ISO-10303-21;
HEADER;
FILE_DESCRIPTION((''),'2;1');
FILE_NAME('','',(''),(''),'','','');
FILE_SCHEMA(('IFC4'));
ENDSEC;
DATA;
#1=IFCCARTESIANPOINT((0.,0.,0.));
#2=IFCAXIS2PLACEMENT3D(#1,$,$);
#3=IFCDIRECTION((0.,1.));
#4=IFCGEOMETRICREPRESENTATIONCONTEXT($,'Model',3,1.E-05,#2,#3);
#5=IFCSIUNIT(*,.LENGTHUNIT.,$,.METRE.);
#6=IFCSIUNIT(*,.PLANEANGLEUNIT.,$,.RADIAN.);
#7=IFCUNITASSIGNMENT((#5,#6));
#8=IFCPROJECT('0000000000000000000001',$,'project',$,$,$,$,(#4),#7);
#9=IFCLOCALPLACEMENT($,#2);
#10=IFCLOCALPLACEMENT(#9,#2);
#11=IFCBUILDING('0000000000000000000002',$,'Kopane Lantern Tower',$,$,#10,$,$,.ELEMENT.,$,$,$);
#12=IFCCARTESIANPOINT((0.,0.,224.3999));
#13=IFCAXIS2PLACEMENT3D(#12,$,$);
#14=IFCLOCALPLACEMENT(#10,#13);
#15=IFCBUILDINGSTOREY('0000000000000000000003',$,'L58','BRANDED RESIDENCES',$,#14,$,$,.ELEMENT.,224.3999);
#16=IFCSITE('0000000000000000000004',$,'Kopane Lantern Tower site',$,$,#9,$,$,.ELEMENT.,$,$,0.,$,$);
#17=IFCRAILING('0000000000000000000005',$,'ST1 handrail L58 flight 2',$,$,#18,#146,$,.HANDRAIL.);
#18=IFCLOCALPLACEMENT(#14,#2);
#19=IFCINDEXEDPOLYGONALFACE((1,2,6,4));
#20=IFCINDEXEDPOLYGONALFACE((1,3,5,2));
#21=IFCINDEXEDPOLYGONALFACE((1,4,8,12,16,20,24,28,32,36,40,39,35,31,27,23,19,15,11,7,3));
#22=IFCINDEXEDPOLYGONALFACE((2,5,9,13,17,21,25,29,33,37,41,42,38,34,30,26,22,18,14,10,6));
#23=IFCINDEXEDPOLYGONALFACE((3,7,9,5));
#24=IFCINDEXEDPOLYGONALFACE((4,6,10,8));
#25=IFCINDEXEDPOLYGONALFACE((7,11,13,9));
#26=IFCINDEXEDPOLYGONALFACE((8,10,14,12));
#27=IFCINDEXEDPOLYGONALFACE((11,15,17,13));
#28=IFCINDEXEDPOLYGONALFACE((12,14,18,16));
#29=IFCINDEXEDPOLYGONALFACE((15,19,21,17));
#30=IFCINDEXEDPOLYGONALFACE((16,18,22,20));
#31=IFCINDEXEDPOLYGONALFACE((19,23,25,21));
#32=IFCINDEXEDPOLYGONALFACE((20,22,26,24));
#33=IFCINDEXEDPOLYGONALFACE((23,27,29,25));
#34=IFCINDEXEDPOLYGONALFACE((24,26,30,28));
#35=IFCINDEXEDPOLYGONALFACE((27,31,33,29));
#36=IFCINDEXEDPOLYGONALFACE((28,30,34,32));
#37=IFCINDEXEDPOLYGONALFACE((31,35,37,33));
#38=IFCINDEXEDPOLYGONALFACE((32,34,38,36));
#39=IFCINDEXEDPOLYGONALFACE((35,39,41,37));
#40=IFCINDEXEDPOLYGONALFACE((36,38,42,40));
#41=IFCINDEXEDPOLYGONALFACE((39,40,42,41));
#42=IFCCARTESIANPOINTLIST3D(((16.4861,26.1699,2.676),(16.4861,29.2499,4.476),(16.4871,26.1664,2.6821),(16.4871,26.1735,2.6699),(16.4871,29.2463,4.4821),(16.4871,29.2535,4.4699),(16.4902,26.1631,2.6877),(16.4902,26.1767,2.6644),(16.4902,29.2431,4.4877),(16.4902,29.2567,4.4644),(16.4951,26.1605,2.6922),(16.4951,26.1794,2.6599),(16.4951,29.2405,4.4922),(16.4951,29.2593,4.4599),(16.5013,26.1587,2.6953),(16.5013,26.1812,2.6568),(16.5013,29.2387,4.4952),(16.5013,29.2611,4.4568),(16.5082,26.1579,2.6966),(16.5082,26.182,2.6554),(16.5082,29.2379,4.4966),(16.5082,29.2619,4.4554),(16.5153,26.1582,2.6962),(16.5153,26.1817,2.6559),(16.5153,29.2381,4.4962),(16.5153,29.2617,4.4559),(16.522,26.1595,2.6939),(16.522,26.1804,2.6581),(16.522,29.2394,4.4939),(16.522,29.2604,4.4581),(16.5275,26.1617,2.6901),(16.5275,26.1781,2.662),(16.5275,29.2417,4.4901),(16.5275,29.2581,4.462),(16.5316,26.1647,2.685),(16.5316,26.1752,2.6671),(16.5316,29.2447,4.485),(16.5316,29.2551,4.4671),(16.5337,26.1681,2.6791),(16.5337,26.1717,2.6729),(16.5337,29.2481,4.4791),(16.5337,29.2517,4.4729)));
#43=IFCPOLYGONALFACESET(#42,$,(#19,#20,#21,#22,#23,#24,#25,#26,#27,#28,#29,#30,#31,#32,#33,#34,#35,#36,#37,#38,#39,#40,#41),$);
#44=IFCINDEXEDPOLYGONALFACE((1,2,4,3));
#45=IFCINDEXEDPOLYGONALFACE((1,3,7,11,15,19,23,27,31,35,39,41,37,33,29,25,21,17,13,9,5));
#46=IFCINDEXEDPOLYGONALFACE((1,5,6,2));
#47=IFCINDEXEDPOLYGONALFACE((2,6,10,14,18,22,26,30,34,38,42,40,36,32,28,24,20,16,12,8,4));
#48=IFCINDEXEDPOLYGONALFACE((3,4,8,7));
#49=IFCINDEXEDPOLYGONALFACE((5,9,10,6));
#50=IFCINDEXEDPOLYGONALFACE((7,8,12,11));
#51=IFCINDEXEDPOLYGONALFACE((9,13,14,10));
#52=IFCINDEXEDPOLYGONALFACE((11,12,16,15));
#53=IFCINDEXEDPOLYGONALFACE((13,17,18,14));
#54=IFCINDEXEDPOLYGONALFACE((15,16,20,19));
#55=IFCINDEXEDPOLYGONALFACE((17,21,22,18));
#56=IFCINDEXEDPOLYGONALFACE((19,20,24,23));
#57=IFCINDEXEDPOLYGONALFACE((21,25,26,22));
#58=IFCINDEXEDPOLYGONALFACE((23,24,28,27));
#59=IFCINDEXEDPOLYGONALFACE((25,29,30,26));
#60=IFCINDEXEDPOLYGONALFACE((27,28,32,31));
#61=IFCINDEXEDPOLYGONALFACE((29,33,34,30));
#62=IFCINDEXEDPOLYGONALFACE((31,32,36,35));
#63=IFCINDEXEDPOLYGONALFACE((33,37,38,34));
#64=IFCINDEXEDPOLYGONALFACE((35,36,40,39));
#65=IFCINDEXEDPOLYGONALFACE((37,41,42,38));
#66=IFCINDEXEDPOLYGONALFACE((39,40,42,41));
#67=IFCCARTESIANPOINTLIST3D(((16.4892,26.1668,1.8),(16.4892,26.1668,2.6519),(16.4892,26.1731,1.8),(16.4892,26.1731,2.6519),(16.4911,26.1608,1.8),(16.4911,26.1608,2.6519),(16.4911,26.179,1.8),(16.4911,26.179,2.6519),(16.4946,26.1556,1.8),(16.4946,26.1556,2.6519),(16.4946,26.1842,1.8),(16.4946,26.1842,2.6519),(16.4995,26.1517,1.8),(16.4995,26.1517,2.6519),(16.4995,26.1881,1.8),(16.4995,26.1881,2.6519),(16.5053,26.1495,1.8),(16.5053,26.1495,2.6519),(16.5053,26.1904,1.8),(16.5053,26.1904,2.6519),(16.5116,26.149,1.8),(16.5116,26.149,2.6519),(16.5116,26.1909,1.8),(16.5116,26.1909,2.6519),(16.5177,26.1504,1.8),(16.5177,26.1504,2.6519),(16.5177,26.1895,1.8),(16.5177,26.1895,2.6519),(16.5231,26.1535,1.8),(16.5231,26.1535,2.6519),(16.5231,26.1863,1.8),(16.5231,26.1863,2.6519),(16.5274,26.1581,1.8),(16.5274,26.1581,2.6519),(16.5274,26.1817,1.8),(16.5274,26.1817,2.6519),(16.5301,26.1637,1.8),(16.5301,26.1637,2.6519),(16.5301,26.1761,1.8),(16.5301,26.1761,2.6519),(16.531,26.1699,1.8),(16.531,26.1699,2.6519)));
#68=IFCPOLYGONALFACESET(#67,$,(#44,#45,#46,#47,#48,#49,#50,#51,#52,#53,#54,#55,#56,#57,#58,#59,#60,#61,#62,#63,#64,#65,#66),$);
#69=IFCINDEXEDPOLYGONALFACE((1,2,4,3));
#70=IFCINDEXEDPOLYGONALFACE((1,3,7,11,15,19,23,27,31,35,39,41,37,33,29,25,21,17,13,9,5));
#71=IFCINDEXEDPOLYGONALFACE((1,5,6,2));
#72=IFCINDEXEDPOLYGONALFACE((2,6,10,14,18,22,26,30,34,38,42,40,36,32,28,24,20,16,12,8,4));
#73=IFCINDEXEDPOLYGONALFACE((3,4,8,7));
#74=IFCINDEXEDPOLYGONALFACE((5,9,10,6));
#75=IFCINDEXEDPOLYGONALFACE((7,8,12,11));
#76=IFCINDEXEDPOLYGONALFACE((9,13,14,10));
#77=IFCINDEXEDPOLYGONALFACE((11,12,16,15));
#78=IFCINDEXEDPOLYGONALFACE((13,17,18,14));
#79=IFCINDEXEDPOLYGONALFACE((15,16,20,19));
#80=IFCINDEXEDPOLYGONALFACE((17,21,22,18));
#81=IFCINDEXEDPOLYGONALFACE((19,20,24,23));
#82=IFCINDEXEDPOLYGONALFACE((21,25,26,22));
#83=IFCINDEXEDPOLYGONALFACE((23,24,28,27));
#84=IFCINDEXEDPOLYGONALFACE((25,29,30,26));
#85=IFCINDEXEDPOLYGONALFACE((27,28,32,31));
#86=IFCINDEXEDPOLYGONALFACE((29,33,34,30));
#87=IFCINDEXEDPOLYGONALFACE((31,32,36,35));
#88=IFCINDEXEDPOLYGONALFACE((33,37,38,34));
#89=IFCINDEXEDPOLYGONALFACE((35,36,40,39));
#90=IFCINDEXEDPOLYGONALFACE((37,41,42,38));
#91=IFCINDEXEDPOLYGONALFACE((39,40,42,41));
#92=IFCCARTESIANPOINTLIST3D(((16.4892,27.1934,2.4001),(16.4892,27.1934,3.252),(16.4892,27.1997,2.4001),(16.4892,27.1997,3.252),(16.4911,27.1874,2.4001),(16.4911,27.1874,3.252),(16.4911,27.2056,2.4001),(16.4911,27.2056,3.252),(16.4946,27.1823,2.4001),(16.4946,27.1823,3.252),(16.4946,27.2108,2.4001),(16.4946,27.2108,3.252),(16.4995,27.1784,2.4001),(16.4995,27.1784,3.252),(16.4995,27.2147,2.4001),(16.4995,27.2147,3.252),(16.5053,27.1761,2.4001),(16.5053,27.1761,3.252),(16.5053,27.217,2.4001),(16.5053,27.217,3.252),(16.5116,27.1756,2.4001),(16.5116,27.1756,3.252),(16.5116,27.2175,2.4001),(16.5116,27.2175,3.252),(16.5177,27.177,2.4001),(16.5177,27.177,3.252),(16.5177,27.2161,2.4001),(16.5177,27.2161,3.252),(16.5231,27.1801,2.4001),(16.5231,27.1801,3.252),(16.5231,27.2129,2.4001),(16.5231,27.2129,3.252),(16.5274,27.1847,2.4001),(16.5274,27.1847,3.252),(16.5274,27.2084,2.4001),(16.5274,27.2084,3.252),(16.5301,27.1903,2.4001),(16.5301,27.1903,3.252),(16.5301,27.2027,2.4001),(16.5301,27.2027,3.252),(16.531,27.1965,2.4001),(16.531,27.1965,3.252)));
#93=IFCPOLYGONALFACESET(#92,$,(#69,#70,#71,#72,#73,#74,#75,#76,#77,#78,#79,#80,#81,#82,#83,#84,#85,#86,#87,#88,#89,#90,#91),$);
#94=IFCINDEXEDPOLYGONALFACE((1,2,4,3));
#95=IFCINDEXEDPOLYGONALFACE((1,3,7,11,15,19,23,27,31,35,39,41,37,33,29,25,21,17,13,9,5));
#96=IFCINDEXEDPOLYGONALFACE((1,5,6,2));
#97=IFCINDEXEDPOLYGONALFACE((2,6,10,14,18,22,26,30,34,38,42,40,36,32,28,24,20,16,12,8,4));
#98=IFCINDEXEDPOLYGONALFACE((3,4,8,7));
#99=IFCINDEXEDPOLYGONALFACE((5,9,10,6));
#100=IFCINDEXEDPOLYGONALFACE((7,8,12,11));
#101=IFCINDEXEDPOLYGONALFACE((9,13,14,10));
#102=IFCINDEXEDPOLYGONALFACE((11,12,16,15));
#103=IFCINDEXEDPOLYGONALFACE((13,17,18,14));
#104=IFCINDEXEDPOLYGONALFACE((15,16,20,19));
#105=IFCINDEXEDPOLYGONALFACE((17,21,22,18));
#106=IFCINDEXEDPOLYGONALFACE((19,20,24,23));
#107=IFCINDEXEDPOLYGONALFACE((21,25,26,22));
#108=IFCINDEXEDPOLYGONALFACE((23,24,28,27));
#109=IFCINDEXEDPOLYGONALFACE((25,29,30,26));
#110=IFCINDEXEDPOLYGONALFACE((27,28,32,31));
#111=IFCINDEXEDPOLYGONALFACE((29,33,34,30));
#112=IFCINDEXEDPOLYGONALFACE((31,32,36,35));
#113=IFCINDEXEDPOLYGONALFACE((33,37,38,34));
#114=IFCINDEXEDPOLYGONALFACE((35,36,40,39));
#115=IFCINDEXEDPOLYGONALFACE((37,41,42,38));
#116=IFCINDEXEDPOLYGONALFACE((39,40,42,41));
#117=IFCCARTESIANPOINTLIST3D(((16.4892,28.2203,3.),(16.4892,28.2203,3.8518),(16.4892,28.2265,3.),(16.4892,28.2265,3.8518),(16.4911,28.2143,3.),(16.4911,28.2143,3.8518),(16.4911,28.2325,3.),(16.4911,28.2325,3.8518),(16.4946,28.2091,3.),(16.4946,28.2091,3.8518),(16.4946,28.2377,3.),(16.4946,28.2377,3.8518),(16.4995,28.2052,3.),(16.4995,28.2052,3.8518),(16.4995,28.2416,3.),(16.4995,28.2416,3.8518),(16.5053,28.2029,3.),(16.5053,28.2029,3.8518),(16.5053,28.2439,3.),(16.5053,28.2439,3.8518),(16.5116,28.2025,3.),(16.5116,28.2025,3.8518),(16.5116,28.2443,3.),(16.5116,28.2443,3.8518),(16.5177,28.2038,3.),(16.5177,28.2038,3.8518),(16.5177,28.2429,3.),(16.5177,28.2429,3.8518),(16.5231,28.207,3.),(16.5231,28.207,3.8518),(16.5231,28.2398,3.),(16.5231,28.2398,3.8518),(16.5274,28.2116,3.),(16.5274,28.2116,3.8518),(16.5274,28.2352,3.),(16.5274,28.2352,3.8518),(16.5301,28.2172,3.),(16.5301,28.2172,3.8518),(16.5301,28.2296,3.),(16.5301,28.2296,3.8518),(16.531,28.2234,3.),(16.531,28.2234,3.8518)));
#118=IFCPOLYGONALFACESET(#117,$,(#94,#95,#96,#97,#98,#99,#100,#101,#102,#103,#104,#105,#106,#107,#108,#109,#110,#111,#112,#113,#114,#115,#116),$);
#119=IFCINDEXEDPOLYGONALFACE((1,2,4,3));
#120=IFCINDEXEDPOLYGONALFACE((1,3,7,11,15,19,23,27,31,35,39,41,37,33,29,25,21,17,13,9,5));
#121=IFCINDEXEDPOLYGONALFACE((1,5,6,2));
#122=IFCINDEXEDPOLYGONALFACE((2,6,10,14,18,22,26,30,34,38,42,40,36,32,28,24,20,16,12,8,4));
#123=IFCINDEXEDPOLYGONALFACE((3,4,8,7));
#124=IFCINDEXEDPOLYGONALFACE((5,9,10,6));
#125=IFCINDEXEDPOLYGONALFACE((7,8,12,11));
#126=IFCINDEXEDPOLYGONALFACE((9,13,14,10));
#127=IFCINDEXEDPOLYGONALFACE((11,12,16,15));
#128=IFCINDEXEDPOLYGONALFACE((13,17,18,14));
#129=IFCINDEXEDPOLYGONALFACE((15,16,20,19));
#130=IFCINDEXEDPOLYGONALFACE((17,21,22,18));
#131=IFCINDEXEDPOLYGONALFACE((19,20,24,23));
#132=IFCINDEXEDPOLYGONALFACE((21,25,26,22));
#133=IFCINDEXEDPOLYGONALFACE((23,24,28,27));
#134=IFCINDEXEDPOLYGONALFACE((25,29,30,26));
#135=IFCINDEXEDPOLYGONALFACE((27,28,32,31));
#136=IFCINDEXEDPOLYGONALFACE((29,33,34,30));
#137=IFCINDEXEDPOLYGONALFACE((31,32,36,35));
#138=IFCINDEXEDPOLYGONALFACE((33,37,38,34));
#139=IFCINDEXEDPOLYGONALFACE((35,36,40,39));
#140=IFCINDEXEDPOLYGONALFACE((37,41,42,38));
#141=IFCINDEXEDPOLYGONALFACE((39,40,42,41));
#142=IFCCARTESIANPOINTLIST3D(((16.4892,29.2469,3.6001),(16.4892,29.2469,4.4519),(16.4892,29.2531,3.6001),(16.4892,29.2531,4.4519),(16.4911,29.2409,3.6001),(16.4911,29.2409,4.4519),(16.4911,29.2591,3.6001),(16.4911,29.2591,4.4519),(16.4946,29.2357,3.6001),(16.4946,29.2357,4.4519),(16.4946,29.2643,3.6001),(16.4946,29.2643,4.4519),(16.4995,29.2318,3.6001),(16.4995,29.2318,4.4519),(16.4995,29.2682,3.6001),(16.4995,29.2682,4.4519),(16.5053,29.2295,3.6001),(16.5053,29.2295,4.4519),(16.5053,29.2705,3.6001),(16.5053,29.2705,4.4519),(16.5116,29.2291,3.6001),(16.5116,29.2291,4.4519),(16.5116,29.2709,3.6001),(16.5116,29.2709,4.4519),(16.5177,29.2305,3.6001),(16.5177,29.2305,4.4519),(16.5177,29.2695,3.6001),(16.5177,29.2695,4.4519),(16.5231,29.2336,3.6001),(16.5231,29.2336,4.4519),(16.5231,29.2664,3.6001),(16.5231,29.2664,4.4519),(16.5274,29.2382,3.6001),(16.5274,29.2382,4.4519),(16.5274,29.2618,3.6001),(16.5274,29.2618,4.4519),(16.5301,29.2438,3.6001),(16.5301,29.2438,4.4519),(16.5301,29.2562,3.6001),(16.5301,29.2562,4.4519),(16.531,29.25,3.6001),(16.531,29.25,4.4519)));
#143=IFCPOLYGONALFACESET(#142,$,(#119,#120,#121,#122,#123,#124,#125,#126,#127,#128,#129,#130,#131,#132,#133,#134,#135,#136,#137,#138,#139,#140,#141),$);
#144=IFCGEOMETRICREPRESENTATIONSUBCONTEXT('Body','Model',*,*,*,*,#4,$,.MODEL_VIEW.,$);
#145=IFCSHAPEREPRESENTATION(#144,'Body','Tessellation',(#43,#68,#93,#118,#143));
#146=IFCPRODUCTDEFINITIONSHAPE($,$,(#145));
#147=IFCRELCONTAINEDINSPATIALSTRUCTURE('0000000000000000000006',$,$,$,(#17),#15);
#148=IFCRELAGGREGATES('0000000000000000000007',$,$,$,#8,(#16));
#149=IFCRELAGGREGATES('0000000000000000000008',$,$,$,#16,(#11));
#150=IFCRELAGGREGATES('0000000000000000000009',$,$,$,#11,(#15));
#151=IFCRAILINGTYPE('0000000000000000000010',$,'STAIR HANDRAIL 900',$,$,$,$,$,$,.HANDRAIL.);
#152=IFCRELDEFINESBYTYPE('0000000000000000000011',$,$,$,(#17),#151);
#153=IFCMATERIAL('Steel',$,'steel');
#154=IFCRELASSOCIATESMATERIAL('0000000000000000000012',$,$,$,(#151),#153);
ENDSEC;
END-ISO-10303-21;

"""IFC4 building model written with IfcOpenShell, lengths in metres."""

from ifc_helpers import new_model, si_unit, direction, frame, origin, origin_2d, place, context, subcontext, project, spatial, circle, extrude, material, type_object, element, save


model = new_model("IFC4")

# Units and contexts
model_context = context("Model", 3, precision=1e-05, world=origin(), true_north=direction((0.0, 1.0)))
body_context = subcontext(model_context, "Body", "Model", "MODEL_VIEW")
ifc_project = project(units=[si_unit("LENGTHUNIT", "METRE"), si_unit("PLANEANGLEUNIT", "RADIAN")], contexts=[model_context])

# Site, building, storey
site_placement = place(None, origin())
site = spatial("IfcSite", under=ifc_project, at=site_placement, Name="Kopane Lantern Tower site", CompositionType="ELEMENT", RefElevation=0.0)
building_placement = place(site_placement, origin())
building = spatial("IfcBuilding", under=site, at=building_placement, Name="Kopane Lantern Tower", CompositionType="ELEMENT")
storey_placement = place(building_placement, frame((0.0, 0.0, 224.3999)))
storey = spatial("IfcBuildingStorey", under=building, at=storey_placement, Name="L58", Description="BRANDED RESIDENCES", CompositionType="ELEMENT", Elevation=224.3999)

# Railing
ifc_material_1 = material(Name="Steel", Category="steel")
railing_type_1 = type_object("IfcRailingType", Name="STAIR HANDRAIL 900", PredefinedType="HANDRAIL", material=ifc_material_1)
for number, where, name in (
    (1, (16.51, 26.1699, 1.8), "ST1 handrail L58 flight 2"),
):
    element("IfcRailing", number, at=place(storey_placement, frame(where)), inside=storey, type_object=railing_type_1, Name=name, PredefinedType="HANDRAIL", context=body_context, shape_type="SweptSolid", body=[
        extrude(circle(Radius=0.0239, at=origin_2d()), frame((0.0, 0.0, 0.876), z_axis=(0.0, 0.863372, 0.504569), x_axis=(-1.0, 0.0, 0.0)), (0.0, 0.0, 1.0), 3.5674),
        extrude(circle(Radius=0.021, at=origin_2d()), origin(), (0.0, 0.0, 1.0), 0.8518),
        extrude(circle(Radius=0.021, at=origin_2d()), frame((0.0, 1.0266, 0.6001)), (0.0, 0.0, 1.0), 0.8518),
        extrude(circle(Radius=0.021, at=origin_2d()), frame((0.0, 2.0535, 1.2)), (0.0, 0.0, 1.0), 0.8518),
        extrude(circle(Radius=0.021, at=origin_2d()), frame((0.0, 3.0801, 1.8)), (0.0, 0.0, 1.0), 0.8518),
    ])

save(model, "model.ifc")
